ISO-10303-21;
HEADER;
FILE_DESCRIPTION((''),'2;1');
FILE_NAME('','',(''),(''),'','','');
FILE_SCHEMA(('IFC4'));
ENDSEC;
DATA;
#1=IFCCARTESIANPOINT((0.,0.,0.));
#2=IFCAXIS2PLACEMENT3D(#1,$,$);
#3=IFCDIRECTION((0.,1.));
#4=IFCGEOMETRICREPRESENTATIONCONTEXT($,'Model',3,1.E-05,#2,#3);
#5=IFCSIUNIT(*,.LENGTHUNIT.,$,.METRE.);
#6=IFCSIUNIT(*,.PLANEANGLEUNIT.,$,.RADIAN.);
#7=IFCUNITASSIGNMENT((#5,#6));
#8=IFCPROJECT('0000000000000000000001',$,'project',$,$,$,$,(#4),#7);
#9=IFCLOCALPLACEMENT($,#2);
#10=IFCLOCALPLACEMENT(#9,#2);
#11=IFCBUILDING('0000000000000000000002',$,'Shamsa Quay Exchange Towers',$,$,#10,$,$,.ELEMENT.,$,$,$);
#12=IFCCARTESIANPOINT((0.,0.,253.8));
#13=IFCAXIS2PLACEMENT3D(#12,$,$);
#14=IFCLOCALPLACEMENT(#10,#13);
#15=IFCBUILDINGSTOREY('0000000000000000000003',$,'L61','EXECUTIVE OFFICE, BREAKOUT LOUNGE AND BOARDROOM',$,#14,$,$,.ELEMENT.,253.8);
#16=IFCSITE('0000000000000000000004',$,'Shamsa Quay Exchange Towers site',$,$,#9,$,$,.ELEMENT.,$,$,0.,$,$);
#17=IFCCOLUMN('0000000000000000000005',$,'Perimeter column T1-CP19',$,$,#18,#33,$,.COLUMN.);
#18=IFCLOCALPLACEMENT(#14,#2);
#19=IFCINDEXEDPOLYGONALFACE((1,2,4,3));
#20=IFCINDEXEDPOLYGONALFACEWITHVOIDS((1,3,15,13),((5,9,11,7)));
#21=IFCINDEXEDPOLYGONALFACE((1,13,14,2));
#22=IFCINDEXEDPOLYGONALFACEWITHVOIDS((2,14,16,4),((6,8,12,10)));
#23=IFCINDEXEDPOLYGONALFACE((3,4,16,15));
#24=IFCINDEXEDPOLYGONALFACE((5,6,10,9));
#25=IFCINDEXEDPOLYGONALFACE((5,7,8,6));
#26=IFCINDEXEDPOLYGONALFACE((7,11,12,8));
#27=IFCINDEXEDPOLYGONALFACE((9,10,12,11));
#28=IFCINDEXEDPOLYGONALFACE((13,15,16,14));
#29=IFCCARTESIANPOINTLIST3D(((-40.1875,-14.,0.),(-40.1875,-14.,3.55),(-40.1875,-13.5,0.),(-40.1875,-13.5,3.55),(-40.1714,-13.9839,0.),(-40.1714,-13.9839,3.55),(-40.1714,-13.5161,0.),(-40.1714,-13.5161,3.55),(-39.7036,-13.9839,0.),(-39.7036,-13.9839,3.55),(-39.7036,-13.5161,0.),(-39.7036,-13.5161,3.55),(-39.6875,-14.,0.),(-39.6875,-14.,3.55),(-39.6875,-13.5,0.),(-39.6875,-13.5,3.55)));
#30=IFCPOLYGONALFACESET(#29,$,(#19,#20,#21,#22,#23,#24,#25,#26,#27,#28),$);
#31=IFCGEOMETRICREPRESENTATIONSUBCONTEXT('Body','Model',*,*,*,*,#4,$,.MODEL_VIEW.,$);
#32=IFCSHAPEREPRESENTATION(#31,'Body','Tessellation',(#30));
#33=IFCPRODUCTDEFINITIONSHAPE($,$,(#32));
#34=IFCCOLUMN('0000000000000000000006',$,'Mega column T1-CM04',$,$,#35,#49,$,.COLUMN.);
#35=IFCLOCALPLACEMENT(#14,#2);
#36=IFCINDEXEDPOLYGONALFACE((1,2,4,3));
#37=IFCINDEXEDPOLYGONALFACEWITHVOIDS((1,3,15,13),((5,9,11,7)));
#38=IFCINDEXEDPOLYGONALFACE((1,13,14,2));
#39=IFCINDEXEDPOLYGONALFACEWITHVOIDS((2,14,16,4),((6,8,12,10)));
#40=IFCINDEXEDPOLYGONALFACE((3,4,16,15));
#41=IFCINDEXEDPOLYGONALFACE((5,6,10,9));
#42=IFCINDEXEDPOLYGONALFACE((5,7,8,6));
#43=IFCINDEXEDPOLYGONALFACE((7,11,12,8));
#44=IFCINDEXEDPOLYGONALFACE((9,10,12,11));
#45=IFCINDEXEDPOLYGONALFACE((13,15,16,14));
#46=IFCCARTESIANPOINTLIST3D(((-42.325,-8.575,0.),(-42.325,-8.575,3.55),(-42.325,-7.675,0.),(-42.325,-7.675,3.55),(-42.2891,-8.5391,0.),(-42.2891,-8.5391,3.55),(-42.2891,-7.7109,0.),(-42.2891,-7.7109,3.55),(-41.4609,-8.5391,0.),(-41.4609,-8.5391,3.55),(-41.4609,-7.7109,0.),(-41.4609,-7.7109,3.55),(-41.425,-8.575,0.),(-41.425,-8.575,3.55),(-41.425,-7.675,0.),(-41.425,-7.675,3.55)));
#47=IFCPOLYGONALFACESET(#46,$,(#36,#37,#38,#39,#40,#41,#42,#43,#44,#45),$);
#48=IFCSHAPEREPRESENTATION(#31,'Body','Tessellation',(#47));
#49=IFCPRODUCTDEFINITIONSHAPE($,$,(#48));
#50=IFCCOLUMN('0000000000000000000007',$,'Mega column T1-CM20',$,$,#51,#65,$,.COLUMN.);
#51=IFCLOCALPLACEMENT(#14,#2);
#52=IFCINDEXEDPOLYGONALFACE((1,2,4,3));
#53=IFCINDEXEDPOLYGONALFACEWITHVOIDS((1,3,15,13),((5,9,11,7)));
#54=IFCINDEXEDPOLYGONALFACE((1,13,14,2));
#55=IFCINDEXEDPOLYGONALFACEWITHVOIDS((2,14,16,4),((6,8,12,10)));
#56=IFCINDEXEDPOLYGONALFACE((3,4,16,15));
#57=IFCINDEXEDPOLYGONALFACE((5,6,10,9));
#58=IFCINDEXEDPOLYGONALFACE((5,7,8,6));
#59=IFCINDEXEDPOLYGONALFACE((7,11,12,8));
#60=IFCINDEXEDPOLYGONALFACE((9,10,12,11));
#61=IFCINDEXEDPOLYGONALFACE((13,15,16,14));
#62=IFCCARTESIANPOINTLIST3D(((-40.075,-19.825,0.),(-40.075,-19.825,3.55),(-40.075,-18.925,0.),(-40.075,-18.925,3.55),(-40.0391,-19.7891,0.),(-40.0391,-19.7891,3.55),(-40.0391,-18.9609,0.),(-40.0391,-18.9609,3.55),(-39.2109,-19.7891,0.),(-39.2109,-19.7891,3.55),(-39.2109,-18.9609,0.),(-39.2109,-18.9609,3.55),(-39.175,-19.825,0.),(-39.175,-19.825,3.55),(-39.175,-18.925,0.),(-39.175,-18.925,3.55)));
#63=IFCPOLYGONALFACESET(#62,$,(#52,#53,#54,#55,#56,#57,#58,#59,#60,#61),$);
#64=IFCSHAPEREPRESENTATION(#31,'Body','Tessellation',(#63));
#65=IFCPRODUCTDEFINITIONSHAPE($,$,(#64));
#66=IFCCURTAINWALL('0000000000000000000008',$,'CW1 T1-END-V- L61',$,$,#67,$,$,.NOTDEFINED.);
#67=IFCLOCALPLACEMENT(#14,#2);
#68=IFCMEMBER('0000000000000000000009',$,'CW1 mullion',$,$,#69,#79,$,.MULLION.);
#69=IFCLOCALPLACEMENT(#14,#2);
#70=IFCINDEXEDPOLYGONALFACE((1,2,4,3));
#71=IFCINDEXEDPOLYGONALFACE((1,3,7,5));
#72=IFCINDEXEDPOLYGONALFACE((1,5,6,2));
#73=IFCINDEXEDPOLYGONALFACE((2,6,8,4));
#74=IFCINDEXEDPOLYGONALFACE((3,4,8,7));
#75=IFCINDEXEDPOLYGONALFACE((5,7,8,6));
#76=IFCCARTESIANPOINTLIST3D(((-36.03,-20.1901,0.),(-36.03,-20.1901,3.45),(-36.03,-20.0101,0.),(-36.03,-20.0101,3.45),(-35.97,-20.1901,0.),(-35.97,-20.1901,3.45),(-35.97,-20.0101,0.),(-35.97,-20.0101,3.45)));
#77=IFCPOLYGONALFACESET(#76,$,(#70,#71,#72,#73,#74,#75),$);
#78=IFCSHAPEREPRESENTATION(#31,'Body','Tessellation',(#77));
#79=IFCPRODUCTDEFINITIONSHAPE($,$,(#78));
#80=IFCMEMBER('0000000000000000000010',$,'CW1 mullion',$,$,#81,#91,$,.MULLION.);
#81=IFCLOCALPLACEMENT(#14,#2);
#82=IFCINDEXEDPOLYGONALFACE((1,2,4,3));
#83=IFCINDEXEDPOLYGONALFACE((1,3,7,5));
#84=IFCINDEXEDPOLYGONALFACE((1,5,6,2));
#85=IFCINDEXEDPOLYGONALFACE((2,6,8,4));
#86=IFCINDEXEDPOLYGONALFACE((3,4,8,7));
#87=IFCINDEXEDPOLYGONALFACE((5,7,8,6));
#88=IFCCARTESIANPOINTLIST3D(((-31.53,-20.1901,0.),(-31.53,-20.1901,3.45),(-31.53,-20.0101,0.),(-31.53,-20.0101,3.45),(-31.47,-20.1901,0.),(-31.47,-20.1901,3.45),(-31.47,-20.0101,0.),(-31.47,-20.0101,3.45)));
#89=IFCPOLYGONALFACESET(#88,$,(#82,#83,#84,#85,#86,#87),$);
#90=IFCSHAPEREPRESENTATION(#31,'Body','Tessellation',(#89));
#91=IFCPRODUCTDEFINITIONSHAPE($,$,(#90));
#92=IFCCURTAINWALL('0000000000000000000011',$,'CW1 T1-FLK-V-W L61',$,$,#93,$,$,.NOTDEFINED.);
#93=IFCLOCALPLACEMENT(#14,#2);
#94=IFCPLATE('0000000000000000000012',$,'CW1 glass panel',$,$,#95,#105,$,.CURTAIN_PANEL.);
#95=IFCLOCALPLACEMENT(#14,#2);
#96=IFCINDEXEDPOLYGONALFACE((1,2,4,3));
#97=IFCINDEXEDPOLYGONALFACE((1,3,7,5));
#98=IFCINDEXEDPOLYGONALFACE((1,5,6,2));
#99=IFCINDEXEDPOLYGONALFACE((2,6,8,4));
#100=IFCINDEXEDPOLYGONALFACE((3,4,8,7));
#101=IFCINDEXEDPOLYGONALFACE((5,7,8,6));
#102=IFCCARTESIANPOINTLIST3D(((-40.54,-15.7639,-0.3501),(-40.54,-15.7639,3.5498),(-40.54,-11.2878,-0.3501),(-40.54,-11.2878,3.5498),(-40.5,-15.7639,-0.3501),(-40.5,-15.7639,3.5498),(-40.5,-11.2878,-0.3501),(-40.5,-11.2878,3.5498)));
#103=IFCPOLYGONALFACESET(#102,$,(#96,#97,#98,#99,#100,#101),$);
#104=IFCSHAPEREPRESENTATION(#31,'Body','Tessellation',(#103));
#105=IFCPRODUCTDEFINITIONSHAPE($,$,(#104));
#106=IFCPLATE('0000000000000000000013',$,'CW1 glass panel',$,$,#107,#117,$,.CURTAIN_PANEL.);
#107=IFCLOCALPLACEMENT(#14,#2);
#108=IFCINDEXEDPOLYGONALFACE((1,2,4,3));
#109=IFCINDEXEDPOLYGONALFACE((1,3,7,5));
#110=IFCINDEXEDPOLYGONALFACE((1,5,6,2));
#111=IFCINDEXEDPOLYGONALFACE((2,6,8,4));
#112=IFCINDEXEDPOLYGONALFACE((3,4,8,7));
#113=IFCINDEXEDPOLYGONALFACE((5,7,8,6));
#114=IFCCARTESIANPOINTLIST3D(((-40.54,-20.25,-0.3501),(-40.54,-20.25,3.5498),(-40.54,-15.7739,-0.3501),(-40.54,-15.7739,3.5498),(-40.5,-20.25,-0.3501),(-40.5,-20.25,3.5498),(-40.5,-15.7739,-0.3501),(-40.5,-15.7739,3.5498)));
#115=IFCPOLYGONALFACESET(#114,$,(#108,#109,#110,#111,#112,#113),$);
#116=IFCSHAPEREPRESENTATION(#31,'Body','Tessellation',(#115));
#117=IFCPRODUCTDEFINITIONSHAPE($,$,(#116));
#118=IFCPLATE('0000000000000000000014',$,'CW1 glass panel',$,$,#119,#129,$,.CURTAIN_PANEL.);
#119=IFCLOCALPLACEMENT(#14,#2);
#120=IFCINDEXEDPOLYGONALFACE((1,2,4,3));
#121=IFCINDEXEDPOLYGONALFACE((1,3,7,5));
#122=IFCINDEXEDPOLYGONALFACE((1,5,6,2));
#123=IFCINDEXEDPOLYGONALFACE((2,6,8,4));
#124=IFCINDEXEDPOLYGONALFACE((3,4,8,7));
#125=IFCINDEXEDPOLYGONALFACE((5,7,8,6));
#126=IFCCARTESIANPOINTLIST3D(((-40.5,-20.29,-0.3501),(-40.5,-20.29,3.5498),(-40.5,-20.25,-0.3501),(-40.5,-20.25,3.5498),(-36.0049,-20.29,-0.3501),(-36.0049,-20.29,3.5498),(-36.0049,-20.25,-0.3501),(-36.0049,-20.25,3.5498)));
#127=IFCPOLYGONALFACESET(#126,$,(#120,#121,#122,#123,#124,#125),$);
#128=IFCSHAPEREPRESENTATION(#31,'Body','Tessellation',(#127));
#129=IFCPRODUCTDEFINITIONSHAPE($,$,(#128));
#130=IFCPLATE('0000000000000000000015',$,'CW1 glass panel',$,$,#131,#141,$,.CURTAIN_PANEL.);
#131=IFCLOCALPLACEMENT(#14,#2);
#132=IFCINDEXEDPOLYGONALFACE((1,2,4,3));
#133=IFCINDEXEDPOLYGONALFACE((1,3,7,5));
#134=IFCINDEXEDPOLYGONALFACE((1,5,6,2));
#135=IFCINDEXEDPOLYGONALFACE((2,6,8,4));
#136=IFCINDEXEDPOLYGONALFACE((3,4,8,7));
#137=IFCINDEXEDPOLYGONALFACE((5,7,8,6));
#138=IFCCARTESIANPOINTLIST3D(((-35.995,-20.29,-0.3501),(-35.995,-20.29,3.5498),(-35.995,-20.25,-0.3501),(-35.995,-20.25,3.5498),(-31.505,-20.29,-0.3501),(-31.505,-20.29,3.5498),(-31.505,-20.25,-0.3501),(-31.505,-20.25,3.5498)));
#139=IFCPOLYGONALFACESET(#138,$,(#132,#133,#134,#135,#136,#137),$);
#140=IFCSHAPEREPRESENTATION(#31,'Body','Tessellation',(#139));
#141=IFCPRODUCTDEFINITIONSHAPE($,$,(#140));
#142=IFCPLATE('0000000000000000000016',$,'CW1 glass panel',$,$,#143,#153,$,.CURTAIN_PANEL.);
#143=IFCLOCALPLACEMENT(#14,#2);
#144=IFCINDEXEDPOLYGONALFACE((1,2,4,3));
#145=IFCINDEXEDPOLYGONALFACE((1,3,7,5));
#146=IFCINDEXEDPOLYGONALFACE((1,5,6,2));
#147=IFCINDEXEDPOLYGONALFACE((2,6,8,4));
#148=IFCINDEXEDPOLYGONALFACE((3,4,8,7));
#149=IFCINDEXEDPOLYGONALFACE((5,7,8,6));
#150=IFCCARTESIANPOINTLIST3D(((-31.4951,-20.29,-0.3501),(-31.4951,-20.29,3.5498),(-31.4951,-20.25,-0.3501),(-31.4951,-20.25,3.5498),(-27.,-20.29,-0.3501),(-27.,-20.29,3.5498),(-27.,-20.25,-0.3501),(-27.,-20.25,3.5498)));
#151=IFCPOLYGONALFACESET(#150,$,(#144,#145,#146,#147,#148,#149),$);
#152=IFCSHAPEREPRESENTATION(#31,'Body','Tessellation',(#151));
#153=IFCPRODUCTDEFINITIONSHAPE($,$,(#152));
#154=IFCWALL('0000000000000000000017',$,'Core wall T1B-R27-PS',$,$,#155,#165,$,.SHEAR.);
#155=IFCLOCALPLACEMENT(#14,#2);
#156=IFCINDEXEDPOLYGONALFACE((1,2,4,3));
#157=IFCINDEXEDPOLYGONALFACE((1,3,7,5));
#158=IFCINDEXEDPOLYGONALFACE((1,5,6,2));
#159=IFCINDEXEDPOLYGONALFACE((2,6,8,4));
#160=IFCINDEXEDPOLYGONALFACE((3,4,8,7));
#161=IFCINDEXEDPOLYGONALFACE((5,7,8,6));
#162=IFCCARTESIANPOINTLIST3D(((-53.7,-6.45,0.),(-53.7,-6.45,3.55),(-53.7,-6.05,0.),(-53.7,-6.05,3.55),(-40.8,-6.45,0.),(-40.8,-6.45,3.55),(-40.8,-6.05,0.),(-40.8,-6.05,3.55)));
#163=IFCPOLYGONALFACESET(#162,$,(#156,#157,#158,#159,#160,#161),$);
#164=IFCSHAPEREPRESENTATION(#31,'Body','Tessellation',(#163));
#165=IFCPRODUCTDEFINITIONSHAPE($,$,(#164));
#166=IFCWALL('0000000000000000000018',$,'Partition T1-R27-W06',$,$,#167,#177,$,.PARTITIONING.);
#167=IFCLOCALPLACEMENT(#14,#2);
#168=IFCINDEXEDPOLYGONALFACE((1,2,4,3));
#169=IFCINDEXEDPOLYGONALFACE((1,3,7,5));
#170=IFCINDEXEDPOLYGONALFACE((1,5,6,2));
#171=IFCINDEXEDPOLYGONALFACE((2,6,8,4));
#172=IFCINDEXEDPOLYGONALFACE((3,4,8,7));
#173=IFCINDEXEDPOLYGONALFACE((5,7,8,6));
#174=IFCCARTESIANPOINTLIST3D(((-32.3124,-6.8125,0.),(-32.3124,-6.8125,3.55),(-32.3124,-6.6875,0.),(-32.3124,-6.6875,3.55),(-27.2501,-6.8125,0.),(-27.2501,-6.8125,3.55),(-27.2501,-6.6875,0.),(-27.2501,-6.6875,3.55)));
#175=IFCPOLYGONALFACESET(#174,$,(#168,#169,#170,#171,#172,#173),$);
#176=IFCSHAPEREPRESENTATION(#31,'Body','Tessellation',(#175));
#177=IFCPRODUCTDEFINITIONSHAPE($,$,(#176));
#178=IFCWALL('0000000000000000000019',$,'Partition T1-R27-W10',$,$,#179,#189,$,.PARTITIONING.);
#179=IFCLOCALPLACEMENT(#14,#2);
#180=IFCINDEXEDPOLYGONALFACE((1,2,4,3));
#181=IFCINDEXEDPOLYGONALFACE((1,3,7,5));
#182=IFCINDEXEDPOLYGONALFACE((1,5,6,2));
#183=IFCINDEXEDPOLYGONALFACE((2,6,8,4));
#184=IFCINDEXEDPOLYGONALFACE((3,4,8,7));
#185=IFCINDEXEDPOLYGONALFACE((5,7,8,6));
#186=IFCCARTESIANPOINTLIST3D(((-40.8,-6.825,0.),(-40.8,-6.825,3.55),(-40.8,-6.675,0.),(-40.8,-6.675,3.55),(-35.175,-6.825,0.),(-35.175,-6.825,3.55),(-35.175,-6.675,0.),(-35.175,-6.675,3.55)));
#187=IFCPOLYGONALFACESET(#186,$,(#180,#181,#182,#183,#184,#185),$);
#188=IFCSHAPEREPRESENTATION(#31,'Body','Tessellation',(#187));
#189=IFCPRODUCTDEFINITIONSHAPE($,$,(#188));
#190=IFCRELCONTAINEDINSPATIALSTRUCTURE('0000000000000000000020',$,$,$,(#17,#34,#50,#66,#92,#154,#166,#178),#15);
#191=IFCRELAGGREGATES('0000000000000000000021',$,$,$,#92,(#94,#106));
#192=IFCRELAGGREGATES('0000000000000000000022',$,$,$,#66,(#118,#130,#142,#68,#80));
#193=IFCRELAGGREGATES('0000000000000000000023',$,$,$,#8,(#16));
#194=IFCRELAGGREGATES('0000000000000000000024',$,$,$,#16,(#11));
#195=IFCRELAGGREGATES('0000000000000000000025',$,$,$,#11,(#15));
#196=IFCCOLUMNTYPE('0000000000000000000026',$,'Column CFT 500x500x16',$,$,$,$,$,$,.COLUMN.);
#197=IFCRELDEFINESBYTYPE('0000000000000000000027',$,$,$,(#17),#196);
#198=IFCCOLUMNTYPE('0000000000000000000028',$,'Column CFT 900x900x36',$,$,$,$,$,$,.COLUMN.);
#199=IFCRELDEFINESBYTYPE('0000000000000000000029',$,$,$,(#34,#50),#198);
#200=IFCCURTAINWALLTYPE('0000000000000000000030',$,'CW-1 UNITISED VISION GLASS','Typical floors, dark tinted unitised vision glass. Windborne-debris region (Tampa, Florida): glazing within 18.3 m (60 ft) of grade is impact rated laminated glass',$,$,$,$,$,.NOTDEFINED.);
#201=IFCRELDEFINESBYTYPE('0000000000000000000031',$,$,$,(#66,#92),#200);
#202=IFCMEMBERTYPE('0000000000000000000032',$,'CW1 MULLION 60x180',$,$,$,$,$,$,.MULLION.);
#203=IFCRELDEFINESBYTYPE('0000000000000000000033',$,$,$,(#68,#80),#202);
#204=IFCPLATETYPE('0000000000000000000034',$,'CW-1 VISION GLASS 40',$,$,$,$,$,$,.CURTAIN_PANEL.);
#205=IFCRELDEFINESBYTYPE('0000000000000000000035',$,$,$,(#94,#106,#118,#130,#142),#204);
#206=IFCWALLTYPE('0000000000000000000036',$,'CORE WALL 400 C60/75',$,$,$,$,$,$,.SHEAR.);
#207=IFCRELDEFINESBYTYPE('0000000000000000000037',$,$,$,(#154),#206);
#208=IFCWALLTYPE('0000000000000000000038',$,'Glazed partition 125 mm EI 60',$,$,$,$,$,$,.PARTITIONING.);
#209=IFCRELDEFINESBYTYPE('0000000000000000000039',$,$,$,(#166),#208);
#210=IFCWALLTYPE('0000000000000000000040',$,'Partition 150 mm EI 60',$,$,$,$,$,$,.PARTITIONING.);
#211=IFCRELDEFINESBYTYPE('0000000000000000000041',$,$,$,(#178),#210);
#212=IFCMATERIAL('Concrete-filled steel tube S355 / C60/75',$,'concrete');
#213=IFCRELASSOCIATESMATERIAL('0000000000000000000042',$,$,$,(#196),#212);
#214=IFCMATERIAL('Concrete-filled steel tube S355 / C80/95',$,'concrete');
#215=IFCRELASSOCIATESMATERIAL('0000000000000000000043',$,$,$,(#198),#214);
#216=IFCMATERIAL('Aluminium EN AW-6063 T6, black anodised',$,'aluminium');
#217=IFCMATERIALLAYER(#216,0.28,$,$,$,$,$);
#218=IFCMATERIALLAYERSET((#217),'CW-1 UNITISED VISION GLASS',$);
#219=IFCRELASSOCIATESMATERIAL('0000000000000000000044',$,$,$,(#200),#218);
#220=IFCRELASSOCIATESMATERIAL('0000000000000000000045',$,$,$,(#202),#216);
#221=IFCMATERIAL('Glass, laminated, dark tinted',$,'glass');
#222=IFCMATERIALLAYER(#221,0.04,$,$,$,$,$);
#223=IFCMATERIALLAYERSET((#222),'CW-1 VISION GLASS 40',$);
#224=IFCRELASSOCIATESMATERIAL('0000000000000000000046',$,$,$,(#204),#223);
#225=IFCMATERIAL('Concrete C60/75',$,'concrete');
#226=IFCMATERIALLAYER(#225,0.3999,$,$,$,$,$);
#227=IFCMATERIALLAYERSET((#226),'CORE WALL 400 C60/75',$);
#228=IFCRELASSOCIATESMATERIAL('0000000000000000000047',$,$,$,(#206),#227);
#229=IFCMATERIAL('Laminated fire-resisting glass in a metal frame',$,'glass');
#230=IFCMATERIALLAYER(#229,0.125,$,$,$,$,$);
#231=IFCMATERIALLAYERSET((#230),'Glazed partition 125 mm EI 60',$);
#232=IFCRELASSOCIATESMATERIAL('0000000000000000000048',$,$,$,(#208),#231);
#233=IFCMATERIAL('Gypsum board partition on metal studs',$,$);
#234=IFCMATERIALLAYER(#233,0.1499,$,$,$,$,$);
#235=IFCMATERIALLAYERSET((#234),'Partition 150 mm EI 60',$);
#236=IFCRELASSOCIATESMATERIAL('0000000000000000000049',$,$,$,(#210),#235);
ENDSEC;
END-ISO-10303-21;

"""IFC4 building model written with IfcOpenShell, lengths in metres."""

from ifc_helpers import new_model, si_unit, direction, frame, frame_2d, origin, origin_2d, place, context, subcontext, project, spatial, rectangle, hollow_rectangle, extrude, material, layer, layer_set, material_profile, profile_set, type_object, element, aggregate, save


model = new_model("IFC4")

# Units and contexts
model_context = context("Model", 3, precision=1e-05, world=origin(), true_north=direction((0.0, 1.0)))
body_context = subcontext(model_context, "Body", "Model", "MODEL_VIEW")
ifc_project = project(units=[si_unit("LENGTHUNIT", "METRE"), si_unit("PLANEANGLEUNIT", "RADIAN")], contexts=[model_context])

# Site, building, storey
site_placement = place(None, origin())
site = spatial("IfcSite", under=ifc_project, at=site_placement, Name="Shamsa Quay Exchange Towers site", CompositionType="ELEMENT", RefElevation=0.0)
building_placement = place(site_placement, origin())
building = spatial("IfcBuilding", under=site, at=building_placement, Name="Shamsa Quay Exchange Towers", CompositionType="ELEMENT")
storey_placement = place(building_placement, frame((0.0, 0.0, 253.8)))
storey = spatial("IfcBuildingStorey", under=building, at=storey_placement, Name="L61", Description="EXECUTIVE OFFICE, BREAKOUT LOUNGE AND BOARDROOM", CompositionType="ELEMENT", Elevation=253.8)

# Columns
ifc_material_1 = material(Name="Concrete-filled steel tube S355 / C60/75", Category="concrete")
ifc_material_profile_1 = material_profile(ifc_material_1, hollow_rectangle(XDim=0.5, YDim=0.5, WallThickness=0.0161, at=origin_2d()), Name="CFT 500x500x16")
ifc_profile_set_1 = profile_set([ifc_material_profile_1], Name="Concrete-filled steel tube S355 / C60/75")
column_type_1 = type_object("IfcColumnType", Name="Column CFT 500x500x16", PredefinedType="COLUMN", material=ifc_profile_set_1)
column_placement = place(storey_placement, frame((-39.9375, -13.75, 0.0)))
element("IfcColumn", 1, at=column_placement, inside=storey, type_object=column_type_1, Name="Perimeter column T1-CP19", PredefinedType="COLUMN", context=body_context, shape_type="SweptSolid", body=[
    extrude(hollow_rectangle(XDim=0.5, YDim=0.5, WallThickness=0.0161, at=origin_2d()), origin(), (0.0, 0.0, 1.0), 3.55),
])
ifc_material_2 = material(Name="Concrete-filled steel tube S355 / C80/95", Category="concrete")
ifc_material_profile_2 = material_profile(ifc_material_2, hollow_rectangle(XDim=0.8999, YDim=0.8999, WallThickness=0.0359, at=origin_2d()), Name="CFT 900x900x36")
ifc_profile_set_2 = profile_set([ifc_material_profile_2], Name="Concrete-filled steel tube S355 / C80/95")
column_type_2 = type_object("IfcColumnType", Name="Column CFT 900x900x36", PredefinedType="COLUMN", material=ifc_profile_set_2)
for number, where, name in (
    (2, (-41.875, -8.125, 0.0), "Mega column T1-CM04"),
    (3, (-39.625, -19.375, 0.0), "Mega column T1-CM20"),
):
    element("IfcColumn", number, at=place(storey_placement, frame(where)), inside=storey, type_object=column_type_2, Name=name, PredefinedType="COLUMN", context=body_context, shape_type="SweptSolid", body=[
        extrude(hollow_rectangle(XDim=0.8999, YDim=0.8999, WallThickness=0.0359, at=origin_2d()), origin(), (0.0, 0.0, 1.0), 3.55),
    ])

# Curtain wall, members
ifc_material_3 = material(Name="Aluminium EN AW-6063 T6, black anodised", Category="aluminium")
ifc_layer_1 = layer(ifc_material_3, 0.28)
ifc_layer_set_1 = layer_set([ifc_layer_1], Name="CW-1 UNITISED VISION GLASS")
curtain_wall_type = type_object("IfcCurtainWallType", Name="CW-1 UNITISED VISION GLASS", Description="Typical floors, dark tinted unitised vision glass. Windborne-debris region (Tampa, Florida): glazing within 18.3 m (60 ft) of grade is impact rated laminated glass", PredefinedType="NOTDEFINED", material=ifc_layer_set_1)
curtain_wall_1_placement = place(storey_placement, origin())
curtain_wall_1 = element("IfcCurtainWall", 4, at=curtain_wall_1_placement, inside=storey, type_object=curtain_wall_type, Name="CW1 T1-END-V- L61", PredefinedType="NOTDEFINED")
ifc_material_profile_3 = material_profile(ifc_material_3, rectangle(XDim=0.1799, YDim=0.0601, at=origin_2d()), Name="MU60x180")
ifc_profile_set_3 = profile_set([ifc_material_profile_3], Name="Aluminium EN AW-6063 T6, black anodised")
member_type = type_object("IfcMemberType", Name="CW1 MULLION 60x180", PredefinedType="MULLION", material=ifc_profile_set_3)
member_1_placement = place(storey_placement, frame((-36.0, -20.1001, 0.0), z_axis=(0.0, 0.0, 1.0), x_axis=(0.0, 1.0, 0.0)))
member_1 = element("IfcMember", 5, at=member_1_placement, type_object=member_type, Name="CW1 mullion", PredefinedType="MULLION", context=body_context, shape_type="SweptSolid", body=[
    extrude(rectangle(XDim=0.1799, YDim=0.0601, at=origin_2d()), origin(), (0.0, 0.0, 1.0), 3.45),
])
member_2_placement = place(storey_placement, frame((-31.5, -20.1001, 0.0), z_axis=(0.0, 0.0, 1.0), x_axis=(0.0, 1.0, 0.0)))
member_2 = element("IfcMember", 6, at=member_2_placement, type_object=member_type, Name="CW1 mullion", PredefinedType="MULLION", context=body_context, shape_type="SweptSolid", body=[
    extrude(rectangle(XDim=0.1799, YDim=0.0601, at=origin_2d()), origin(), (0.0, 0.0, 1.0), 3.45),
])

# Curtain wall, plates
curtain_wall_2_placement = place(storey_placement, origin())
curtain_wall_2 = element("IfcCurtainWall", 7, at=curtain_wall_2_placement, inside=storey, type_object=curtain_wall_type, Name="CW1 T1-FLK-V-W L61", PredefinedType="NOTDEFINED")
ifc_material_4 = material(Name="Glass, laminated, dark tinted", Category="glass")
ifc_layer_2 = layer(ifc_material_4, 0.04)
ifc_layer_set_2 = layer_set([ifc_layer_2], Name="CW-1 VISION GLASS 40")
plate_type = type_object("IfcPlateType", Name="CW-1 VISION GLASS 40", PredefinedType="CURTAIN_PANEL", material=ifc_layer_set_2)
plate_1_placement = place(storey_placement, frame((-40.52, -13.5259, -0.3501), z_axis=(0.0, 0.0, 1.0), x_axis=(0.0, -1.0, 0.0)))
plate_1 = element("IfcPlate", 8, at=plate_1_placement, type_object=plate_type, Name="CW1 glass panel", PredefinedType="CURTAIN_PANEL", context=body_context, shape_type="SweptSolid", body=[
    extrude(rectangle(XDim=4.4761, YDim=0.04, at=origin_2d()), origin(), (0.0, 0.0, 1.0), 3.8999),
])
plate_2_placement = place(storey_placement, frame((-40.52, -18.012, -0.3501), z_axis=(0.0, 0.0, 1.0), x_axis=(0.0, -1.0, 0.0)))
plate_2 = element("IfcPlate", 9, at=plate_2_placement, type_object=plate_type, Name="CW1 glass panel", PredefinedType="CURTAIN_PANEL", context=body_context, shape_type="SweptSolid", body=[
    extrude(rectangle(XDim=4.4761, YDim=0.04, at=origin_2d()), origin(), (0.0, 0.0, 1.0), 3.8999),
])
aggregate(curtain_wall_2, [plate_1, plate_2])

# Plates
plate_3_placement = place(storey_placement, frame((-38.2524, -20.27, -0.3501)))
plate_3 = element("IfcPlate", 10, at=plate_3_placement, type_object=plate_type, Name="CW1 glass panel", PredefinedType="CURTAIN_PANEL", context=body_context, shape_type="SweptSolid", body=[
    extrude(rectangle(XDim=4.4951, YDim=0.04, at=origin_2d()), origin(), (0.0, 0.0, 1.0), 3.8999),
])
plate_4_placement = place(storey_placement, frame((-33.75, -20.27, -0.3501)))
plate_4 = element("IfcPlate", 11, at=plate_4_placement, type_object=plate_type, Name="CW1 glass panel", PredefinedType="CURTAIN_PANEL", context=body_context, shape_type="SweptSolid", body=[
    extrude(rectangle(XDim=4.49, YDim=0.04, at=origin_2d()), origin(), (0.0, 0.0, 1.0), 3.8999),
])
plate_5_placement = place(storey_placement, frame((-29.2476, -20.27, -0.3501)))
plate_5 = element("IfcPlate", 12, at=plate_5_placement, type_object=plate_type, Name="CW1 glass panel", PredefinedType="CURTAIN_PANEL", context=body_context, shape_type="SweptSolid", body=[
    extrude(rectangle(XDim=4.4951, YDim=0.04, at=origin_2d()), origin(), (0.0, 0.0, 1.0), 3.8999),
])
aggregate(curtain_wall_1, [plate_3, plate_4, plate_5, member_1, member_2])

# Wall
ifc_material_5 = material(Name="Concrete C60/75", Category="concrete")
ifc_layer_3 = layer(ifc_material_5, 0.3999)
ifc_layer_set_3 = layer_set([ifc_layer_3], Name="CORE WALL 400 C60/75")
wall_type_1 = type_object("IfcWallType", Name="CORE WALL 400 C60/75", PredefinedType="SHEAR", material=ifc_layer_set_3)
wall_1_placement = place(storey_placement, frame((-40.8, -6.25, 0.0), z_axis=(0.0, 0.0, 1.0), x_axis=(-1.0, 0.0, 0.0)))
element("IfcWall", 13, at=wall_1_placement, inside=storey, type_object=wall_type_1, Name="Core wall T1B-R27-PS", PredefinedType="SHEAR", context=body_context, shape_type="SweptSolid", body=[
    extrude(rectangle(XDim=12.8999, YDim=0.3999, at=frame_2d((6.45, 0.0))), origin(), (0.0, 0.0, 1.0), 3.55),
])

# Walls
ifc_material_6 = material(Name="Laminated fire-resisting glass in a metal frame", Category="glass")
ifc_layer_4 = layer(ifc_material_6, 0.125)
ifc_layer_set_4 = layer_set([ifc_layer_4], Name="Glazed partition 125 mm EI 60")
wall_type_2 = type_object("IfcWallType", Name="Glazed partition 125 mm EI 60", PredefinedType="PARTITIONING", material=ifc_layer_set_4)
wall_2_placement = place(storey_placement, frame((-32.3125, -6.75, 0.0)))
element("IfcWall", 14, at=wall_2_placement, inside=storey, type_object=wall_type_2, Name="Partition T1-R27-W06", PredefinedType="PARTITIONING", context=body_context, shape_type="SweptSolid", body=[
    extrude(rectangle(XDim=5.0623, YDim=0.125, at=frame_2d((2.5312, 0.0))), origin(), (0.0, 0.0, 1.0), 3.55),
])
ifc_material_7 = material(Name="Gypsum board partition on metal studs")
ifc_layer_5 = layer(ifc_material_7, 0.1499)
ifc_layer_set_5 = layer_set([ifc_layer_5], Name="Partition 150 mm EI 60")
wall_type_3 = type_object("IfcWallType", Name="Partition 150 mm EI 60", PredefinedType="PARTITIONING", material=ifc_layer_set_5)
wall_3_placement = place(storey_placement, frame((-40.8, -6.75, 0.0)))
element("IfcWall", 15, at=wall_3_placement, inside=storey, type_object=wall_type_3, Name="Partition T1-R27-W10", PredefinedType="PARTITIONING", context=body_context, shape_type="SweptSolid", body=[
    extrude(rectangle(XDim=5.625, YDim=0.1499, at=frame_2d((2.8125, 0.0))), origin(), (0.0, 0.0, 1.0), 3.55),
])

save(model, "model.ifc")
